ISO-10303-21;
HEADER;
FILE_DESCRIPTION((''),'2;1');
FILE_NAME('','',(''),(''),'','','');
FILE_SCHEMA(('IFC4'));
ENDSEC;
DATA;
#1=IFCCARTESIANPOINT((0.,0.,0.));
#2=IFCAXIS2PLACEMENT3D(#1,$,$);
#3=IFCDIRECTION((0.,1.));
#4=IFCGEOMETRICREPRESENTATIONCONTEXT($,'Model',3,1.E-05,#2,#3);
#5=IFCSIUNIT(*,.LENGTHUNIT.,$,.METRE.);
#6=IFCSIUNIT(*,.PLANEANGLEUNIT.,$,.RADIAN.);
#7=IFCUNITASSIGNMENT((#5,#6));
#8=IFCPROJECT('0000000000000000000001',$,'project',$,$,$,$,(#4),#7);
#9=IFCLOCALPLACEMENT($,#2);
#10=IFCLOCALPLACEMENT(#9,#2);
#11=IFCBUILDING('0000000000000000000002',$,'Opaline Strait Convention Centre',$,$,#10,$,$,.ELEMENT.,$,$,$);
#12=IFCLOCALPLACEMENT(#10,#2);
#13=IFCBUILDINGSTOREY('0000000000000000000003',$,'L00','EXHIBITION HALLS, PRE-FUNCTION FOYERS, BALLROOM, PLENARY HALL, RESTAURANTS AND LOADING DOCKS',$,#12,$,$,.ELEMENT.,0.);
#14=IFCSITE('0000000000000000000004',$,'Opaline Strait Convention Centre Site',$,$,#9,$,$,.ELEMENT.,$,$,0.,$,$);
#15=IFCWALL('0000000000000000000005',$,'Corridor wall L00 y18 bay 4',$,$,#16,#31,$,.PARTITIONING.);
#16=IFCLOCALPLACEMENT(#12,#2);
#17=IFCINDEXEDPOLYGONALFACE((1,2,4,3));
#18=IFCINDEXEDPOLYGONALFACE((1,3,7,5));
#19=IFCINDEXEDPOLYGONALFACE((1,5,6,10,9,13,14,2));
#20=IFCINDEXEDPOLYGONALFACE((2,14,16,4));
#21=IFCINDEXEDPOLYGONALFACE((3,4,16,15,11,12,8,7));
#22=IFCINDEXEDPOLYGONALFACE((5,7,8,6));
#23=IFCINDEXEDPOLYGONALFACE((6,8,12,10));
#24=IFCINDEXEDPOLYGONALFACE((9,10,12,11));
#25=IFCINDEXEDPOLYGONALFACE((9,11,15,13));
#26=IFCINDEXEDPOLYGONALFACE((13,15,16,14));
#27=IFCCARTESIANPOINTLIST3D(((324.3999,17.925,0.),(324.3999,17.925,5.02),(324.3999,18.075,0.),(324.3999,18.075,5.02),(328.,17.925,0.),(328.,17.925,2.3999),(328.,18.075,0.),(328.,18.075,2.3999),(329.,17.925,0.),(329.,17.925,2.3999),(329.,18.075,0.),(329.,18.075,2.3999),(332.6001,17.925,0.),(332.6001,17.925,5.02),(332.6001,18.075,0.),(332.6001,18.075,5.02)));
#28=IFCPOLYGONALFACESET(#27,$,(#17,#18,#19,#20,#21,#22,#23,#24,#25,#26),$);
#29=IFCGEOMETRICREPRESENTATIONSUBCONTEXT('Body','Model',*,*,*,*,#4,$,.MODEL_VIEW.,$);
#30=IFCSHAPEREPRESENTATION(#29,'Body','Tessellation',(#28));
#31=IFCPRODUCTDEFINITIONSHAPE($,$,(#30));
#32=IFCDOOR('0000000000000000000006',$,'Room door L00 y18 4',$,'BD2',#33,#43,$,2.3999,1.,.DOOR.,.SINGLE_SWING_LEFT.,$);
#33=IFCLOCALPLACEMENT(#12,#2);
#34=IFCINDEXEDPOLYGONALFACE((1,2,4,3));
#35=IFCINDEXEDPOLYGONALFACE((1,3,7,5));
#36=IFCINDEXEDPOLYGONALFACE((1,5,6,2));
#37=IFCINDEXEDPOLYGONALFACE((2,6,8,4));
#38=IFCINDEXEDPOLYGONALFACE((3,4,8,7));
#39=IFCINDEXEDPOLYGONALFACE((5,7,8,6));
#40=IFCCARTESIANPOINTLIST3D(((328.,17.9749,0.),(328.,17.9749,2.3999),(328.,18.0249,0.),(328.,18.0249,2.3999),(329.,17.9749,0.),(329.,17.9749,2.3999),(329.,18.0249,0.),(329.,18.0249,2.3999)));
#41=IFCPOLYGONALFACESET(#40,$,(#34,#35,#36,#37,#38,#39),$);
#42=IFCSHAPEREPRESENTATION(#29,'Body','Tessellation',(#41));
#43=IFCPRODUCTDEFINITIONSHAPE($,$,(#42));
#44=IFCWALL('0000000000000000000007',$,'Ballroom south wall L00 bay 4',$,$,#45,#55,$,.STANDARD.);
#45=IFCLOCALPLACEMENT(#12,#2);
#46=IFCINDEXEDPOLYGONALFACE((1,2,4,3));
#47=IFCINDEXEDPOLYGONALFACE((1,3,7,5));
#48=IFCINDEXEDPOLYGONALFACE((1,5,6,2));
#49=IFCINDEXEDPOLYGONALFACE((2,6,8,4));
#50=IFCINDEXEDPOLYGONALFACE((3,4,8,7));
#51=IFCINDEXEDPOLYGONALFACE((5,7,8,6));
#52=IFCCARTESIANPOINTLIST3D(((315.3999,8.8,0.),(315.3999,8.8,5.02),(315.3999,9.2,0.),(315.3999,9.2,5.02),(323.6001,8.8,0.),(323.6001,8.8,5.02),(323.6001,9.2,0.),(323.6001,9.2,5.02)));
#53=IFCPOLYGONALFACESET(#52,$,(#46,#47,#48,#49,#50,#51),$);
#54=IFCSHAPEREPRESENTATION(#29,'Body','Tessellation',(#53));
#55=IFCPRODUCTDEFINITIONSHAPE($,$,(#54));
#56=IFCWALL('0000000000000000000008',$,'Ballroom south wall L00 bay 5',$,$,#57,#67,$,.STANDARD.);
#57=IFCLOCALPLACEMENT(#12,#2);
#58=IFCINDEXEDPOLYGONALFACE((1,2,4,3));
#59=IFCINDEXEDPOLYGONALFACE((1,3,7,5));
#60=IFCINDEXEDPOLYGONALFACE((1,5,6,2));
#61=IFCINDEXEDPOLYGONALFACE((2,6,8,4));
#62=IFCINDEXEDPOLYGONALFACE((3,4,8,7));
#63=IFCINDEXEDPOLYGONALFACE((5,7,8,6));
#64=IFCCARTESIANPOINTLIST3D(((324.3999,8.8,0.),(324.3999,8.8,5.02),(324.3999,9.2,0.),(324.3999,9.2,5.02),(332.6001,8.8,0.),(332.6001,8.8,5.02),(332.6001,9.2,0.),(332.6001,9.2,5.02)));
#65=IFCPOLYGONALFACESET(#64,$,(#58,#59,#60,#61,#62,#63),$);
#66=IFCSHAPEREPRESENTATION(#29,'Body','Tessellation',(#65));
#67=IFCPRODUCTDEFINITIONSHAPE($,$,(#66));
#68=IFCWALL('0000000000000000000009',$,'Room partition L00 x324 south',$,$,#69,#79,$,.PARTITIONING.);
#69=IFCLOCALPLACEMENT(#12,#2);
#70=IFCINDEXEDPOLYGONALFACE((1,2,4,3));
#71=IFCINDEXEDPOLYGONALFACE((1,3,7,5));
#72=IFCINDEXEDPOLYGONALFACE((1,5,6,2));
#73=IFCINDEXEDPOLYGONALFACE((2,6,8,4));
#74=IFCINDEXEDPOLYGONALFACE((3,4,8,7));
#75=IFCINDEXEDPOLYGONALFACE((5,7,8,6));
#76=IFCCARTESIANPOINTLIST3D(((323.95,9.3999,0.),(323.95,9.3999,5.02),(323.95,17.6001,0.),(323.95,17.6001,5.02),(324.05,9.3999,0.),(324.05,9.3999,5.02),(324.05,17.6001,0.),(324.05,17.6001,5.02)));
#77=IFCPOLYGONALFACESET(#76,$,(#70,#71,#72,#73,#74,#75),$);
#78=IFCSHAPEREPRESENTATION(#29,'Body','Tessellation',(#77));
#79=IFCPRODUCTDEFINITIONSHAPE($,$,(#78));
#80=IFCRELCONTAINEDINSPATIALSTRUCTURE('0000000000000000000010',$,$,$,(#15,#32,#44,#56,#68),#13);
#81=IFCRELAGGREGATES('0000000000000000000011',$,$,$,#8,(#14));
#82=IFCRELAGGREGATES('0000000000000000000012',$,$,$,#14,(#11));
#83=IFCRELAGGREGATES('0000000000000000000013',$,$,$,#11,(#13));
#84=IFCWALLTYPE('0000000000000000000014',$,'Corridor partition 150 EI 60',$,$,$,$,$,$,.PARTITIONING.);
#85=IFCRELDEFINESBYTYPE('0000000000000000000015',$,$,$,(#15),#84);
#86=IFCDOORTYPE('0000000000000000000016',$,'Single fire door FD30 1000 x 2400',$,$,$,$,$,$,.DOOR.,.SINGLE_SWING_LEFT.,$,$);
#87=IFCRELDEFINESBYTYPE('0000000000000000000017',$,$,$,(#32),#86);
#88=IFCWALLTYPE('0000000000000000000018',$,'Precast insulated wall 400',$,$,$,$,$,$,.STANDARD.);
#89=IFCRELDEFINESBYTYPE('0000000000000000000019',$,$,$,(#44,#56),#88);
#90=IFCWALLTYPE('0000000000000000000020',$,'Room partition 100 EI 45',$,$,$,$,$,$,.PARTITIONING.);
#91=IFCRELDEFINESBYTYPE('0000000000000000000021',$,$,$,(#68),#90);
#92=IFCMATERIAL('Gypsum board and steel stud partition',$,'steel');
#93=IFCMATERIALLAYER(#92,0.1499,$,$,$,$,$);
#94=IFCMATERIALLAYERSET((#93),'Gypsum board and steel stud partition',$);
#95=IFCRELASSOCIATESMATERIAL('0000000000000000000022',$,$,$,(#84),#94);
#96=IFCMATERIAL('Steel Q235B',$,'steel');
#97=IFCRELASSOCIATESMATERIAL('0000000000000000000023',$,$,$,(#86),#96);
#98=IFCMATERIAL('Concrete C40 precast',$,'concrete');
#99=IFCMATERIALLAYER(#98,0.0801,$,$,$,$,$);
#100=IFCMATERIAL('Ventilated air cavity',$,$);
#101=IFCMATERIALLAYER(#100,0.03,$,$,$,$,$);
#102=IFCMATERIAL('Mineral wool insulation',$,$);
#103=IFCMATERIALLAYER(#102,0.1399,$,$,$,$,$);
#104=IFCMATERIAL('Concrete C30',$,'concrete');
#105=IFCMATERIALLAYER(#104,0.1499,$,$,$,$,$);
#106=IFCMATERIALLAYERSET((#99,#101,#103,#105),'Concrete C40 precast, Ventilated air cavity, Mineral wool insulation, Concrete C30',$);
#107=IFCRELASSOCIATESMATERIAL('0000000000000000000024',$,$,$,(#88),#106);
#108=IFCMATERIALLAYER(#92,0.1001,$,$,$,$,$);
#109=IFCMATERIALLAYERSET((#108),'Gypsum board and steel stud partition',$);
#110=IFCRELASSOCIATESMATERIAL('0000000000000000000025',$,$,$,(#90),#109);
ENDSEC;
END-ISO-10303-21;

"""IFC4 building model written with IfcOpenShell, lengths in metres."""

from ifc_helpers import new_model, si_unit, direction, frame, frame_2d, origin, place, context, subcontext, project, spatial, rectangle, extrude, material, layer, layer_set, type_object, element, fill, save


model = new_model("IFC4")

# Units and contexts
model_context = context("Model", 3, precision=1e-05, world=origin(), true_north=direction((0.0, 1.0)))
body_context = subcontext(model_context, "Body", "Model", "MODEL_VIEW")
ifc_project = project(units=[si_unit("LENGTHUNIT", "METRE"), si_unit("PLANEANGLEUNIT", "RADIAN")], contexts=[model_context])

# Site, building, storey
site_placement = place(None, origin())
site = spatial("IfcSite", under=ifc_project, at=site_placement, Name="Opaline Strait Convention Centre Site", CompositionType="ELEMENT", RefElevation=0.0)
building_placement = place(site_placement, origin())
building = spatial("IfcBuilding", under=site, at=building_placement, Name="Opaline Strait Convention Centre", CompositionType="ELEMENT")
storey_placement = place(building_placement, origin())
storey = spatial("IfcBuildingStorey", under=building, at=storey_placement, Name="L00", Description="EXHIBITION HALLS, PRE-FUNCTION FOYERS, BALLROOM, PLENARY HALL, RESTAURANTS AND LOADING DOCKS", CompositionType="ELEMENT", Elevation=0.0)

# Shared definitions
ifc_material_1 = material(Name="Gypsum board and steel stud partition", Category="steel")
ifc_layer_1 = layer(ifc_material_1, 0.1499)
ifc_layer_set_1 = layer_set([ifc_layer_1], Name="Gypsum board and steel stud partition")
wall_type_1 = type_object("IfcWallType", Name="Corridor partition 150 EI 60", PredefinedType="PARTITIONING", material=ifc_layer_set_1)

# Wall, opening, door
wall_1_placement = place(storey_placement, frame((324.3999, 18.0, 0.0), z_axis=(0.0, 0.0, 1.0), x_axis=(1.0, 0.0, 0.0)))
wall_1 = element("IfcWall", 1, at=wall_1_placement, inside=storey, type_object=wall_type_1, Name="Corridor wall L00 y18 bay 4", PredefinedType="PARTITIONING", context=body_context, shape_type="SweptSolid", body=[
    extrude(rectangle(XDim=8.2002, YDim=0.1499, at=frame_2d((4.1001, 0.0))), origin(), (0.0, 0.0, 1.0), 5.02),
])
opening_placement = place(wall_1_placement, frame((3.6001, 0.0, 0.0)))
opening = element("IfcOpeningElement", 2, at=opening_placement, cuts=wall_1, PredefinedType="OPENING", context=body_context, shape_type="SweptSolid", body=[
    extrude(rectangle(XDim=1.0, YDim=2.3999, at=frame_2d((0.5, 1.2))), frame((0.0, 0.085, 0.0), z_axis=(0.0, -1.0, 0.0), x_axis=(1.0, 0.0, 0.0)), (0.0, 0.0, 1.0), 0.1699),
])
ifc_material_2 = material(Name="Steel Q235B", Category="steel")
door_type = type_object("IfcDoorType", Name="Single fire door FD30 1000 x 2400", OperationType="SINGLE_SWING_LEFT", PredefinedType="DOOR", material=ifc_material_2)
door_placement = place(opening_placement, origin())
door = element("IfcDoor", 3, at=door_placement, inside=storey, type_object=door_type, Name="Room door L00 y18 4", ObjectType="BD2", OperationType="SINGLE_SWING_LEFT", OverallHeight=2.3999, OverallWidth=1.0, PredefinedType="DOOR", context=body_context, shape_type="SweptSolid", body=[
    extrude(rectangle(XDim=1.0, YDim=2.3999, at=frame_2d((0.5, 1.2))), frame((0.0, 0.0249, 0.0), z_axis=(0.0, -1.0, 0.0), x_axis=(1.0, 0.0, 0.0)), (0.0, 0.0, 1.0), 0.05),
])
fill(opening, door)

# Walls
ifc_material_3 = material(Name="Concrete C40 precast", Category="concrete")
ifc_layer_2 = layer(ifc_material_3, 0.0801)
ifc_material_4 = material(Name="Ventilated air cavity")
ifc_layer_3 = layer(ifc_material_4, 0.03)
ifc_material_5 = material(Name="Mineral wool insulation")
ifc_layer_4 = layer(ifc_material_5, 0.1399)
ifc_material_6 = material(Name="Concrete C30", Category="concrete")
ifc_layer_5 = layer(ifc_material_6, 0.1499)
ifc_layer_set_2 = layer_set([ifc_layer_2, ifc_layer_3, ifc_layer_4, ifc_layer_5], Name="Concrete C40 precast, Ventilated air cavity, Mineral wool insulation, Concrete C30")
wall_type_2 = type_object("IfcWallType", Name="Precast insulated wall 400", PredefinedType="STANDARD", material=ifc_layer_set_2)
for number, where, z_axis, x_axis, name in (
    (4, (315.3999, 9.0, 0.0), (0.0, 0.0, 1.0), (1.0, 0.0, 0.0), "Ballroom south wall L00 bay 4"),
    (5, (324.3999, 9.0, 0.0), (0.0, 0.0, 1.0), (1.0, 0.0, 0.0), "Ballroom south wall L00 bay 5"),
):
    element("IfcWall", number, at=place(storey_placement, frame(where, z_axis=z_axis, x_axis=x_axis)), inside=storey, type_object=wall_type_2, Name=name, PredefinedType="STANDARD", context=body_context, shape_type="SweptSolid", body=[
        extrude(rectangle(XDim=8.2002, YDim=0.3999, at=frame_2d((4.1001, 0.0))), origin(), (0.0, 0.0, 1.0), 5.02),
    ])
ifc_layer_6 = layer(ifc_material_1, 0.1001)
ifc_layer_set_3 = layer_set([ifc_layer_6], Name="Gypsum board and steel stud partition")
wall_type_3 = type_object("IfcWallType", Name="Room partition 100 EI 45", PredefinedType="PARTITIONING", material=ifc_layer_set_3)
wall_2_placement = place(storey_placement, frame((324.0, 9.3999, 0.0), z_axis=(0.0, 0.0, 1.0), x_axis=(0.0, 1.0, 0.0)))
element("IfcWall", 6, at=wall_2_placement, inside=storey, type_object=wall_type_3, Name="Room partition L00 x324 south", PredefinedType="PARTITIONING", context=body_context, shape_type="SweptSolid", body=[
    extrude(rectangle(XDim=8.2002, YDim=0.1001, at=frame_2d((4.1001, 0.0))), origin(), (0.0, 0.0, 1.0), 5.02),
])

save(model, "model.ifc")
